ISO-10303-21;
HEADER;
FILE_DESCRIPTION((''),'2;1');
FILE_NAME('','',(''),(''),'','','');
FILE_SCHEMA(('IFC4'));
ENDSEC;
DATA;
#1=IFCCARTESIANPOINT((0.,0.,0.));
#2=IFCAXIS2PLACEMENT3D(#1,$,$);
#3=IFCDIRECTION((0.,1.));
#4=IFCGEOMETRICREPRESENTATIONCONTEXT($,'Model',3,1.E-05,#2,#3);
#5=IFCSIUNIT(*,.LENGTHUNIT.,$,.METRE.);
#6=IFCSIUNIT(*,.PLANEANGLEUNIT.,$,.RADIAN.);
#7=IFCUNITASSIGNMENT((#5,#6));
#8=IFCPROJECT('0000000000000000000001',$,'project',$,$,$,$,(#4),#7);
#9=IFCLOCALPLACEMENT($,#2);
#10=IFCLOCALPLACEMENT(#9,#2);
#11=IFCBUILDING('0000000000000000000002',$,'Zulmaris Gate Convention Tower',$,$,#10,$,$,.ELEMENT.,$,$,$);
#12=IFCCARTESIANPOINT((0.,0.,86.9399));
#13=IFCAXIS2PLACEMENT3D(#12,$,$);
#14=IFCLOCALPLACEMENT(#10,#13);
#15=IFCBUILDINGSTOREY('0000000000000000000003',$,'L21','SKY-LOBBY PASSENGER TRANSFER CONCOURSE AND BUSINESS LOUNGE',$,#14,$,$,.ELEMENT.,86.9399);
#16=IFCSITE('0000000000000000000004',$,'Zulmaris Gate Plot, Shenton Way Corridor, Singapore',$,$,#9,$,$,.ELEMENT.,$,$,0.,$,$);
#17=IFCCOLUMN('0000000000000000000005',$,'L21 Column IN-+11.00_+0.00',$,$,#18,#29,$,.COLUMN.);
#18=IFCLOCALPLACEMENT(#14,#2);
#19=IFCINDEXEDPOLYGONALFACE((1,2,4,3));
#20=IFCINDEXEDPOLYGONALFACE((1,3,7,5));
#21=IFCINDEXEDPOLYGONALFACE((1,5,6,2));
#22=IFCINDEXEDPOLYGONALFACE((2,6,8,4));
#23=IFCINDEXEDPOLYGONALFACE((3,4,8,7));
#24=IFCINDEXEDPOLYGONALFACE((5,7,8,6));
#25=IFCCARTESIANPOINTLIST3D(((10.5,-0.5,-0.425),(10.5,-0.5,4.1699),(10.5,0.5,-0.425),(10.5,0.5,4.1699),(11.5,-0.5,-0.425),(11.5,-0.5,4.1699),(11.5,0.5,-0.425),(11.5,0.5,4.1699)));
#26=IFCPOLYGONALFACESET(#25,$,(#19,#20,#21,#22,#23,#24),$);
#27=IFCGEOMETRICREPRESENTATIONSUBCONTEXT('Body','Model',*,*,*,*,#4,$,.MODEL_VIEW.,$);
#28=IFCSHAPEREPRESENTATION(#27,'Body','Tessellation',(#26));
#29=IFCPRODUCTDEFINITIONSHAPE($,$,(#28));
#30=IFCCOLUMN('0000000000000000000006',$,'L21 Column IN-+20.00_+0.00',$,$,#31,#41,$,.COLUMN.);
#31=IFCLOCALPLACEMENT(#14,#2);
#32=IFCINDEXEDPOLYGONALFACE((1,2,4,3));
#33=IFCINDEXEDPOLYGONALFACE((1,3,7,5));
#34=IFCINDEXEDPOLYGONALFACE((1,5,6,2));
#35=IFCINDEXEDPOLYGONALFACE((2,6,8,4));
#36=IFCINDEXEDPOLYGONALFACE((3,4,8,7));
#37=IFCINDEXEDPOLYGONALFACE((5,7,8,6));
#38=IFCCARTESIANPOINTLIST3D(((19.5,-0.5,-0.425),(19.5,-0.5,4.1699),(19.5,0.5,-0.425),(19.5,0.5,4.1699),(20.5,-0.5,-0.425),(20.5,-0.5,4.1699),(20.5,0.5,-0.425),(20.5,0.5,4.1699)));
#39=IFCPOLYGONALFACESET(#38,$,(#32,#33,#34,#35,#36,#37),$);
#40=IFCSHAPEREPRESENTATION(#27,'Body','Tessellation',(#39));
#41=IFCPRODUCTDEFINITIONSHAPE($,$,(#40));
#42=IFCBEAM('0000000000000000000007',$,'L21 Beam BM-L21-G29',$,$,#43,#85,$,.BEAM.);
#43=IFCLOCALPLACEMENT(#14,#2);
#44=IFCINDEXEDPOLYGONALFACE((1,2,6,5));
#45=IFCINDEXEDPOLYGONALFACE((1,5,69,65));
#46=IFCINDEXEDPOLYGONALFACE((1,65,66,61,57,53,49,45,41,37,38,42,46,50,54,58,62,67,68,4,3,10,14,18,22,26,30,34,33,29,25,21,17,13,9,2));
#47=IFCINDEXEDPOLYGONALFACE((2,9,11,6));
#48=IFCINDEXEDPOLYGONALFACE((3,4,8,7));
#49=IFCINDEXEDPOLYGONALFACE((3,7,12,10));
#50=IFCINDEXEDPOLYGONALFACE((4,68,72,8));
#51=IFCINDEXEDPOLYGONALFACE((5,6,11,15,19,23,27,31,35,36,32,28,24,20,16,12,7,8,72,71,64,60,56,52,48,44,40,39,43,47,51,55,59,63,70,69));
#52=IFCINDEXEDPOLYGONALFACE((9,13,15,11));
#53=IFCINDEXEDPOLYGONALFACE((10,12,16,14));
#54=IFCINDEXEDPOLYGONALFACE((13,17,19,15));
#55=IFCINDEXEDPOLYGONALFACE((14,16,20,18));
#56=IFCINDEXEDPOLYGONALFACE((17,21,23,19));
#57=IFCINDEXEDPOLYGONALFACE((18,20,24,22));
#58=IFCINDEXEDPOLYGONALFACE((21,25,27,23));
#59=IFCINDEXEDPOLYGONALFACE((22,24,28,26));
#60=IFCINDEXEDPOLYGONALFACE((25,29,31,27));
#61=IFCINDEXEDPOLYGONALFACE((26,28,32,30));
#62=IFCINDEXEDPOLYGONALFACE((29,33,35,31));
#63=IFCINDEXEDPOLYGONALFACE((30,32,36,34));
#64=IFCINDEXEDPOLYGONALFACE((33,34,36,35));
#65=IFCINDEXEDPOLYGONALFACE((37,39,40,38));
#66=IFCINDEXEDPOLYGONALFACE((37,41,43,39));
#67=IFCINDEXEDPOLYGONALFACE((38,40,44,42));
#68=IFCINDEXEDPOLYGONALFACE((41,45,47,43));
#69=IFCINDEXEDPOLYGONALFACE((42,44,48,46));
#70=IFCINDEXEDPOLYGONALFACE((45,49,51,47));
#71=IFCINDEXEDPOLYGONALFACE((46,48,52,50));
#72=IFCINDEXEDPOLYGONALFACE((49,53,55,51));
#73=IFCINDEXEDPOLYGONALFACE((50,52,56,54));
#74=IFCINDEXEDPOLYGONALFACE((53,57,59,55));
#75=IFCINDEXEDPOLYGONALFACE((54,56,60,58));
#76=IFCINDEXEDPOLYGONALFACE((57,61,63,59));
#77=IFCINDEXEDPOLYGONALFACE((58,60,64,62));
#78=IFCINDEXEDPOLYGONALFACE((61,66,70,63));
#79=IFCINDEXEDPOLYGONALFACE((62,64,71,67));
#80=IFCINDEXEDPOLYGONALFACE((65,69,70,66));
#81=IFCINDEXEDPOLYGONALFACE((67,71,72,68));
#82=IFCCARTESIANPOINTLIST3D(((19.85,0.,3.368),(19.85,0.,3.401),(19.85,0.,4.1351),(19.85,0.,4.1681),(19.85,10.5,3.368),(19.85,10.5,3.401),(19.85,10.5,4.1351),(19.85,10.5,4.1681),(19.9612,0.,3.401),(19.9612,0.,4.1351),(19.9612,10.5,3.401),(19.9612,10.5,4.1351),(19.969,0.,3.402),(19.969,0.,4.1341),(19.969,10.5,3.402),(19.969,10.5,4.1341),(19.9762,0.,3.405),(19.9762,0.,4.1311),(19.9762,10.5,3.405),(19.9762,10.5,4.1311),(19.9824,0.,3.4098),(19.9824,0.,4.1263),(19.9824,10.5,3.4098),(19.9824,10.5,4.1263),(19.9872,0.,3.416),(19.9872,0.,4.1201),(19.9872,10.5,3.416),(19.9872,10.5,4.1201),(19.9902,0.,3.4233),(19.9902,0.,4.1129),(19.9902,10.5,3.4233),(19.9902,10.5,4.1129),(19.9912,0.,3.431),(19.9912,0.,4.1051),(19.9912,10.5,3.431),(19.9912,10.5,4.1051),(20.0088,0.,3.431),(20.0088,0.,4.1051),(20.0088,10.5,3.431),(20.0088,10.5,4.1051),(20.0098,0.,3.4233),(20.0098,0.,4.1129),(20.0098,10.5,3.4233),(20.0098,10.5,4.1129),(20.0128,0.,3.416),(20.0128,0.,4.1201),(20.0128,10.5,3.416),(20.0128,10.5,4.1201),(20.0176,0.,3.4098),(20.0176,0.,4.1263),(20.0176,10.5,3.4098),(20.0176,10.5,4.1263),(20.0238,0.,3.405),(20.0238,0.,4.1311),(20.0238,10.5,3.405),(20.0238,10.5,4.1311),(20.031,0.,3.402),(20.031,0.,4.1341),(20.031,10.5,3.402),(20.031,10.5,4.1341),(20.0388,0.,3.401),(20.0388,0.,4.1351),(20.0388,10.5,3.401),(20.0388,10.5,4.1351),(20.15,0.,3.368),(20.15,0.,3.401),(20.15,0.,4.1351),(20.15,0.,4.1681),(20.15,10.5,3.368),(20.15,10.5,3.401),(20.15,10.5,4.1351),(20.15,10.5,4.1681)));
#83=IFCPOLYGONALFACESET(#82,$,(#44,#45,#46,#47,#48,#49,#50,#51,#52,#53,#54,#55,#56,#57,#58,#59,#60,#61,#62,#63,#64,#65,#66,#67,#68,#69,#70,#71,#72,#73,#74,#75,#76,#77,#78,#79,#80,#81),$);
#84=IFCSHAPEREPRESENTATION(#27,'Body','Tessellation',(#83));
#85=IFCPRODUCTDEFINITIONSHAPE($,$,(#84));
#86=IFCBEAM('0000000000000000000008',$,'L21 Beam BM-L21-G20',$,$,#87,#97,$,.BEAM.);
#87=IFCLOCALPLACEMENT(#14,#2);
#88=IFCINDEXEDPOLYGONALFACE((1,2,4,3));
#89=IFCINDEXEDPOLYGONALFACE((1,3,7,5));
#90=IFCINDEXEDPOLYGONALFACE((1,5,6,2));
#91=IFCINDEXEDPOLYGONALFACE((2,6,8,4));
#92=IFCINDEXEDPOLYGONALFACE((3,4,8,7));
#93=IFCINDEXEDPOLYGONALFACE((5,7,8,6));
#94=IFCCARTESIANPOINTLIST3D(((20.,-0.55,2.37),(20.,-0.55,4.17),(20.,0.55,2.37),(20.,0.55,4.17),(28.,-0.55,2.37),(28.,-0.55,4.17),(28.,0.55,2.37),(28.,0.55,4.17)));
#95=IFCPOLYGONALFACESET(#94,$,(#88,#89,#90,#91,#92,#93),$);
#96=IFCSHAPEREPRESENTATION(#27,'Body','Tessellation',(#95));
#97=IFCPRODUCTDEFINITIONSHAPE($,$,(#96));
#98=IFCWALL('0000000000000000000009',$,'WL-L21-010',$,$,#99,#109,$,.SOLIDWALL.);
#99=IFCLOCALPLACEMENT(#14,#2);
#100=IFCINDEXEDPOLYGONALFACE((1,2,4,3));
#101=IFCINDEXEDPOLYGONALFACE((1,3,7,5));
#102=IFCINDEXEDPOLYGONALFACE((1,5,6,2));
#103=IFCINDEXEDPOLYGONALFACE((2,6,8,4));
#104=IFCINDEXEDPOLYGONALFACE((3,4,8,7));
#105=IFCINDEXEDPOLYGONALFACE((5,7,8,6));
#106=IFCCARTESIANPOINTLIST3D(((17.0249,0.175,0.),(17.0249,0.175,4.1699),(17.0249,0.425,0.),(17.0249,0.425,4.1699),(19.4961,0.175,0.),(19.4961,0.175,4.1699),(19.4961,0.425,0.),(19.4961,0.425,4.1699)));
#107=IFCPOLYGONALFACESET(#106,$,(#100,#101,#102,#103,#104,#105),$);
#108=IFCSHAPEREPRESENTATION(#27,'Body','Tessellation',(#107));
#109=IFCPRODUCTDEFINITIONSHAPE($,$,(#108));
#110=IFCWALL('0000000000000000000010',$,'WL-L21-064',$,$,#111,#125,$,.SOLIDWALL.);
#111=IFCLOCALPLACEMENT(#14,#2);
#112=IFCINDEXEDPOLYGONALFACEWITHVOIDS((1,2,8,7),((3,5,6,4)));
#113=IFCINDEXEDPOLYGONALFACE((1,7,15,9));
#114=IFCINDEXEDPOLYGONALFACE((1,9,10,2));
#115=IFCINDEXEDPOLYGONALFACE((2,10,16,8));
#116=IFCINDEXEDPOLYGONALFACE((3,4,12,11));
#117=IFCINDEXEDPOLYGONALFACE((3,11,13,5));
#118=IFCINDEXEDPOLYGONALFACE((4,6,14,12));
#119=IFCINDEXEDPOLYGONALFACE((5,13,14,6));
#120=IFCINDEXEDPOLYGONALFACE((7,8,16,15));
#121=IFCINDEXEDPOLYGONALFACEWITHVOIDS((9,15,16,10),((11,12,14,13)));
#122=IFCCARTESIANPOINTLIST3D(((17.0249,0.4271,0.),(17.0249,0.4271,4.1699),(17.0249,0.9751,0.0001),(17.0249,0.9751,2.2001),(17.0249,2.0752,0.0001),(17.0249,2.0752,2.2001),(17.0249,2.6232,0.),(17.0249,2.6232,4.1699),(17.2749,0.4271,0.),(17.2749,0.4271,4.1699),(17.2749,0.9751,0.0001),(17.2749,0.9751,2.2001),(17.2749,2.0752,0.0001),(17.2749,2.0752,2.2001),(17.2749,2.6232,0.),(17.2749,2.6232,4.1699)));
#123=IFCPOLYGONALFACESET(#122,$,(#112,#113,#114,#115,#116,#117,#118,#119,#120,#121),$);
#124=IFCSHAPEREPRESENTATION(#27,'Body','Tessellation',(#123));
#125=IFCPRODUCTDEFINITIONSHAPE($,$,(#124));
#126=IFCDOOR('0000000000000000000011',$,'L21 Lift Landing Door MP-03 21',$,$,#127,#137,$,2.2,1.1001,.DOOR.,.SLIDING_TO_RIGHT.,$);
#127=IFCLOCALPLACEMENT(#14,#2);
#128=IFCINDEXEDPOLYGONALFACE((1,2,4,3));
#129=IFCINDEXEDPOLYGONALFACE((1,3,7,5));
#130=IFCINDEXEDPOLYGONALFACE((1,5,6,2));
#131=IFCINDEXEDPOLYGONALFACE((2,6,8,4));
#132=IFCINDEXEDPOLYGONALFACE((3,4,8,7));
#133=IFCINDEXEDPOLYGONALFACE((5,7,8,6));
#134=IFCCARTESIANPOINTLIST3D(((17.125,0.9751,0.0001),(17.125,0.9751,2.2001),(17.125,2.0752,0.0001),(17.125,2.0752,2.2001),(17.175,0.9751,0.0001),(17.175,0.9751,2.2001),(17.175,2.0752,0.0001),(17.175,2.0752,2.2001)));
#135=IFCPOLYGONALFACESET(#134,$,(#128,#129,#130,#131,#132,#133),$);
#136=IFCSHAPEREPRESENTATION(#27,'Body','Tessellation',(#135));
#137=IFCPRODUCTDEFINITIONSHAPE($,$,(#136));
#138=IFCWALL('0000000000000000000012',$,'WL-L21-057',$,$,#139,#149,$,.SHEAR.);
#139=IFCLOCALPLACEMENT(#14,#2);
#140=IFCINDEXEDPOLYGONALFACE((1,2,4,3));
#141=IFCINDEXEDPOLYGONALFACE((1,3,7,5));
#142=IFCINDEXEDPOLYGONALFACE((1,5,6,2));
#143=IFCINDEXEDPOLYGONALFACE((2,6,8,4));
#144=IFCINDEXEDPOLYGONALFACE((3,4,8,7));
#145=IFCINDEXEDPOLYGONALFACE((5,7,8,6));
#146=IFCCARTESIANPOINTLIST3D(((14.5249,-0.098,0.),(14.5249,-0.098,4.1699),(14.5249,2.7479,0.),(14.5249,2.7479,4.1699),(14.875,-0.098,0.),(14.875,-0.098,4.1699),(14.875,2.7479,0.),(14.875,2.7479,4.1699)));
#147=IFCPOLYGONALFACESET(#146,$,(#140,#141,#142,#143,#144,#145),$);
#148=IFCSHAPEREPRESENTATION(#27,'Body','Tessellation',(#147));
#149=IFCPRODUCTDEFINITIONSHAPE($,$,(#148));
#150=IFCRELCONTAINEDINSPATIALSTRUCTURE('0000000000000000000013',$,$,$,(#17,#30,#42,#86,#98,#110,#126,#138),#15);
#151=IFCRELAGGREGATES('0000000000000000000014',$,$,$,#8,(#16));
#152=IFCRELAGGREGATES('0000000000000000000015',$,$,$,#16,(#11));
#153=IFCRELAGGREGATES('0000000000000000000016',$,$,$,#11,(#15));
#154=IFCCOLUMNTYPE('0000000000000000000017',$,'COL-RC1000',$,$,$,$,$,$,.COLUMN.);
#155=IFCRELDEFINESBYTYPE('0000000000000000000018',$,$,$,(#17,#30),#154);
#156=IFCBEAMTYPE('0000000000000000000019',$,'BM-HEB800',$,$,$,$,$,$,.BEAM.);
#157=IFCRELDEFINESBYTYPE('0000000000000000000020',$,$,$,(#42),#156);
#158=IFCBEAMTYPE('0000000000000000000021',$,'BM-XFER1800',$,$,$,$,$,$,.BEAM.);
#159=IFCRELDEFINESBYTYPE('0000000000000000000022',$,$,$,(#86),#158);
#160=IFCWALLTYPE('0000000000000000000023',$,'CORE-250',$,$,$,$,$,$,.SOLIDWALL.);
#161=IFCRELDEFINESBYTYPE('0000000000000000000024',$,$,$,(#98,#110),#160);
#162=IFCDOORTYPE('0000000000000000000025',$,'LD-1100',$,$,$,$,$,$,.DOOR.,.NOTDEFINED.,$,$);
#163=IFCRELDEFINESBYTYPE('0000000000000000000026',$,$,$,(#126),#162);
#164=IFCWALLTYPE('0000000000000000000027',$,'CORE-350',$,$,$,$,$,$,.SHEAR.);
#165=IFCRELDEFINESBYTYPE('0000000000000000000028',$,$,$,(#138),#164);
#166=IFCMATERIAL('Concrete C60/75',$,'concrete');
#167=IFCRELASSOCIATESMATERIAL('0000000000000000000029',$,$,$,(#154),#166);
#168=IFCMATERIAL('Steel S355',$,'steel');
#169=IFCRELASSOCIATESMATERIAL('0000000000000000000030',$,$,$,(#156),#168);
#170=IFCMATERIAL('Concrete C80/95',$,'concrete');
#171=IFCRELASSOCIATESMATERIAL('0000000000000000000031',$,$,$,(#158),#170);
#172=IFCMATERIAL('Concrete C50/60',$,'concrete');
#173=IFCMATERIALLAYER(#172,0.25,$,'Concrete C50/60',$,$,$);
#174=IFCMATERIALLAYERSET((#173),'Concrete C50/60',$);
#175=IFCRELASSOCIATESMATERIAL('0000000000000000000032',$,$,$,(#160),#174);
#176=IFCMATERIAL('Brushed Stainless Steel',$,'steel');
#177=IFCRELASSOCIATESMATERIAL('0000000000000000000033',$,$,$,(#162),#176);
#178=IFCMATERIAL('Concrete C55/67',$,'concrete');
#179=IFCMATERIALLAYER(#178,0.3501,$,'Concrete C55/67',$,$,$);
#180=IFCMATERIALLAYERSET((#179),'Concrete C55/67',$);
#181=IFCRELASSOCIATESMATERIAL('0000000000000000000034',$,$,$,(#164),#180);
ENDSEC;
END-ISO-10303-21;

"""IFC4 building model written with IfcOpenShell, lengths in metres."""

from ifc_helpers import new_model, si_unit, direction, frame, frame_2d, origin, origin_2d, place, context, subcontext, project, spatial, rectangle, i_section, extrude, material, layer, layer_set, material_profile, profile_set, type_object, element, fill, save


model = new_model("IFC4")

# Units and contexts
model_context = context("Model", 3, precision=1e-05, world=origin(), true_north=direction((0.0, 1.0)))
body_context = subcontext(model_context, "Body", "Model", "MODEL_VIEW")
ifc_project = project(units=[si_unit("LENGTHUNIT", "METRE"), si_unit("PLANEANGLEUNIT", "RADIAN")], contexts=[model_context])

# Site, building, storey
site_placement = place(None, origin())
site = spatial("IfcSite", under=ifc_project, at=site_placement, Name="Zulmaris Gate Plot, Shenton Way Corridor, Singapore", CompositionType="ELEMENT", RefElevation=0.0)
building_placement = place(site_placement, origin())
building = spatial("IfcBuilding", under=site, at=building_placement, Name="Zulmaris Gate Convention Tower", CompositionType="ELEMENT")
storey_placement = place(building_placement, frame((0.0, 0.0, 86.9399)))
storey = spatial("IfcBuildingStorey", under=building, at=storey_placement, Name="L21", Description="SKY-LOBBY PASSENGER TRANSFER CONCOURSE AND BUSINESS LOUNGE", CompositionType="ELEMENT", Elevation=86.9399)

# Columns
ifc_material_1 = material(Name="Concrete C60/75", Category="concrete")
ifc_material_profile_1 = material_profile(ifc_material_1, rectangle(XDim=1.0, YDim=1.0, at=origin_2d()), Name="RC COL 1000x1000")
ifc_profile_set_1 = profile_set([ifc_material_profile_1], Name="Concrete C60/75")
column_type = type_object("IfcColumnType", Name="COL-RC1000", PredefinedType="COLUMN", material=ifc_profile_set_1)
for number, where, z_axis, x_axis, name in (
    (1, (11.0, 0.0, -0.425), (0.0, 0.0, 1.0), (1.0, 0.0, 0.0), "L21 Column IN-+11.00_+0.00"),
    (2, (20.0, 0.0, -0.425), (0.0, 0.0, 1.0), (1.0, 0.0, 0.0), "L21 Column IN-+20.00_+0.00"),
):
    element("IfcColumn", number, at=place(storey_placement, frame(where, z_axis=z_axis, x_axis=x_axis)), inside=storey, type_object=column_type, Name=name, PredefinedType="COLUMN", context=body_context, shape_type="SweptSolid", body=[
        extrude(rectangle(XDim=1.0, YDim=1.0, at=origin_2d()), origin(), (0.0, 0.0, 1.0), 4.595),
    ])

# Beams
ifc_material_2 = material(Name="Steel S355", Category="steel")
ifc_material_profile_2 = material_profile(ifc_material_2, i_section(OverallWidth=0.3, OverallDepth=0.8, WebThickness=0.0176, FlangeThickness=0.033, FilletRadius=0.03, at=origin_2d()), Name="HEB 800")
ifc_profile_set_2 = profile_set([ifc_material_profile_2], Name="Steel S355")
beam_type_1 = type_object("IfcBeamType", Name="BM-HEB800", PredefinedType="BEAM", material=ifc_profile_set_2)
beam_1_placement = place(storey_placement, frame((20.0, 0.0, 3.7681), z_axis=(0.0, 1.0, 0.0), x_axis=(-1.0, 0.0, 0.0)))
element("IfcBeam", 3, at=beam_1_placement, inside=storey, type_object=beam_type_1, Name="L21 Beam BM-L21-G29", PredefinedType="BEAM", context=body_context, shape_type="SweptSolid", body=[
    extrude(i_section(OverallWidth=0.3, OverallDepth=0.8, WebThickness=0.0176, FlangeThickness=0.033, FilletRadius=0.03, at=origin_2d()), origin(), (0.0, 0.0, 1.0), 10.5),
])
ifc_material_3 = material(Name="Concrete C80/95", Category="concrete")
ifc_material_profile_3 = material_profile(ifc_material_3, rectangle(XDim=1.1001, YDim=1.8, at=origin_2d()), Name="RC TRANSFER 1100x1800")
ifc_profile_set_3 = profile_set([ifc_material_profile_3], Name="Concrete C80/95")
beam_type_2 = type_object("IfcBeamType", Name="BM-XFER1800", PredefinedType="BEAM", material=ifc_profile_set_3)
beam_2_placement = place(storey_placement, frame((20.0, 0.0, 3.27), z_axis=(1.0, 0.0, 0.0), x_axis=(0.0, 1.0, 0.0)))
element("IfcBeam", 4, at=beam_2_placement, inside=storey, type_object=beam_type_2, Name="L21 Beam BM-L21-G20", PredefinedType="BEAM", context=body_context, shape_type="SweptSolid", body=[
    extrude(rectangle(XDim=1.1001, YDim=1.8, at=origin_2d()), origin(), (0.0, 0.0, 1.0), 8.0),
])

# Wall
ifc_material_4 = material(Name="Concrete C50/60", Category="concrete")
ifc_layer_1 = layer(ifc_material_4, 0.25, Name="Concrete C50/60")
ifc_layer_set_1 = layer_set([ifc_layer_1], Name="Concrete C50/60")
wall_type_1 = type_object("IfcWallType", Name="CORE-250", PredefinedType="SOLIDWALL", material=ifc_layer_set_1)
wall_1_placement = place(storey_placement, frame((17.0249, 0.3, 0.0), z_axis=(0.0, 0.0, 1.0), x_axis=(1.0, 0.0, 0.0)))
element("IfcWall", 5, at=wall_1_placement, inside=storey, type_object=wall_type_1, Name="WL-L21-010", PredefinedType="SOLIDWALL", context=body_context, shape_type="SweptSolid", body=[
    extrude(rectangle(XDim=2.4712, YDim=0.25, at=frame_2d((1.2356, 0.0))), origin(), (0.0, 0.0, 1.0), 4.1699),
])

# Wall, opening, door
wall_2_placement = place(storey_placement, frame((17.1499, 0.427, 0.0), z_axis=(0.0, 0.0, 1.0), x_axis=(0.0, 1.0, 0.0)))
wall_2 = element("IfcWall", 6, at=wall_2_placement, inside=storey, type_object=wall_type_1, Name="WL-L21-064", PredefinedType="SOLIDWALL", context=body_context, shape_type="SweptSolid", body=[
    extrude(rectangle(XDim=2.196, YDim=0.25, at=frame_2d((1.0981, 0.0))), origin(), (0.0, 0.0, 1.0), 4.1699),
])
opening_1_placement = place(wall_2_placement, frame((0.5481, 0.0, 0.0)))
opening_1 = element("IfcOpeningElement", 7, at=opening_1_placement, cuts=wall_2, PredefinedType="OPENING", context=body_context, shape_type="SweptSolid", body=[
    extrude(rectangle(XDim=1.1001, YDim=2.2, at=frame_2d((0.55, 1.1001))), frame((0.0, 0.135, 0.0), z_axis=(0.0, -1.0, 0.0), x_axis=(1.0, 0.0, 0.0)), (0.0, 0.0, 1.0), 0.27),
])
ifc_material_5 = material(Name="Brushed Stainless Steel", Category="steel")
door_type_1 = type_object("IfcDoorType", Name="LD-1100", OperationType="NOTDEFINED", PredefinedType="DOOR", material=ifc_material_5)
door_1_placement = place(opening_1_placement, origin())
door_1 = element("IfcDoor", 8, at=door_1_placement, inside=storey, type_object=door_type_1, Name="L21 Lift Landing Door MP-03 21", OperationType="SLIDING_TO_RIGHT", OverallHeight=2.2, OverallWidth=1.1001, PredefinedType="DOOR", context=body_context, shape_type="SweptSolid", body=[
    extrude(rectangle(XDim=1.1001, YDim=2.2, at=frame_2d((0.55, 1.1001))), frame((0.0, 0.0249, 0.0), z_axis=(0.0, -1.0, 0.0), x_axis=(1.0, 0.0, 0.0)), (0.0, 0.0, 1.0), 0.05),
])
fill(opening_1, door_1)

# Wall
ifc_material_6 = material(Name="Concrete C55/67", Category="concrete")
ifc_layer_2 = layer(ifc_material_6, 0.3501, Name="Concrete C55/67")
ifc_layer_set_2 = layer_set([ifc_layer_2], Name="Concrete C55/67")
wall_type_2 = type_object("IfcWallType", Name="CORE-350", PredefinedType="SHEAR", material=ifc_layer_set_2)
wall_3_placement = place(storey_placement, frame((14.7, -0.0979, 0.0), z_axis=(0.0, 0.0, 1.0), x_axis=(0.0, 1.0, 0.0)))
element("IfcWall", 9, at=wall_3_placement, inside=storey, type_object=wall_type_2, Name="WL-L21-057", PredefinedType="SHEAR", context=body_context, shape_type="SweptSolid", body=[
    extrude(rectangle(XDim=2.8459, YDim=0.3501, at=frame_2d((1.4229, 0.0))), origin(), (0.0, 0.0, 1.0), 4.1699),
])

save(model, "model.ifc")
